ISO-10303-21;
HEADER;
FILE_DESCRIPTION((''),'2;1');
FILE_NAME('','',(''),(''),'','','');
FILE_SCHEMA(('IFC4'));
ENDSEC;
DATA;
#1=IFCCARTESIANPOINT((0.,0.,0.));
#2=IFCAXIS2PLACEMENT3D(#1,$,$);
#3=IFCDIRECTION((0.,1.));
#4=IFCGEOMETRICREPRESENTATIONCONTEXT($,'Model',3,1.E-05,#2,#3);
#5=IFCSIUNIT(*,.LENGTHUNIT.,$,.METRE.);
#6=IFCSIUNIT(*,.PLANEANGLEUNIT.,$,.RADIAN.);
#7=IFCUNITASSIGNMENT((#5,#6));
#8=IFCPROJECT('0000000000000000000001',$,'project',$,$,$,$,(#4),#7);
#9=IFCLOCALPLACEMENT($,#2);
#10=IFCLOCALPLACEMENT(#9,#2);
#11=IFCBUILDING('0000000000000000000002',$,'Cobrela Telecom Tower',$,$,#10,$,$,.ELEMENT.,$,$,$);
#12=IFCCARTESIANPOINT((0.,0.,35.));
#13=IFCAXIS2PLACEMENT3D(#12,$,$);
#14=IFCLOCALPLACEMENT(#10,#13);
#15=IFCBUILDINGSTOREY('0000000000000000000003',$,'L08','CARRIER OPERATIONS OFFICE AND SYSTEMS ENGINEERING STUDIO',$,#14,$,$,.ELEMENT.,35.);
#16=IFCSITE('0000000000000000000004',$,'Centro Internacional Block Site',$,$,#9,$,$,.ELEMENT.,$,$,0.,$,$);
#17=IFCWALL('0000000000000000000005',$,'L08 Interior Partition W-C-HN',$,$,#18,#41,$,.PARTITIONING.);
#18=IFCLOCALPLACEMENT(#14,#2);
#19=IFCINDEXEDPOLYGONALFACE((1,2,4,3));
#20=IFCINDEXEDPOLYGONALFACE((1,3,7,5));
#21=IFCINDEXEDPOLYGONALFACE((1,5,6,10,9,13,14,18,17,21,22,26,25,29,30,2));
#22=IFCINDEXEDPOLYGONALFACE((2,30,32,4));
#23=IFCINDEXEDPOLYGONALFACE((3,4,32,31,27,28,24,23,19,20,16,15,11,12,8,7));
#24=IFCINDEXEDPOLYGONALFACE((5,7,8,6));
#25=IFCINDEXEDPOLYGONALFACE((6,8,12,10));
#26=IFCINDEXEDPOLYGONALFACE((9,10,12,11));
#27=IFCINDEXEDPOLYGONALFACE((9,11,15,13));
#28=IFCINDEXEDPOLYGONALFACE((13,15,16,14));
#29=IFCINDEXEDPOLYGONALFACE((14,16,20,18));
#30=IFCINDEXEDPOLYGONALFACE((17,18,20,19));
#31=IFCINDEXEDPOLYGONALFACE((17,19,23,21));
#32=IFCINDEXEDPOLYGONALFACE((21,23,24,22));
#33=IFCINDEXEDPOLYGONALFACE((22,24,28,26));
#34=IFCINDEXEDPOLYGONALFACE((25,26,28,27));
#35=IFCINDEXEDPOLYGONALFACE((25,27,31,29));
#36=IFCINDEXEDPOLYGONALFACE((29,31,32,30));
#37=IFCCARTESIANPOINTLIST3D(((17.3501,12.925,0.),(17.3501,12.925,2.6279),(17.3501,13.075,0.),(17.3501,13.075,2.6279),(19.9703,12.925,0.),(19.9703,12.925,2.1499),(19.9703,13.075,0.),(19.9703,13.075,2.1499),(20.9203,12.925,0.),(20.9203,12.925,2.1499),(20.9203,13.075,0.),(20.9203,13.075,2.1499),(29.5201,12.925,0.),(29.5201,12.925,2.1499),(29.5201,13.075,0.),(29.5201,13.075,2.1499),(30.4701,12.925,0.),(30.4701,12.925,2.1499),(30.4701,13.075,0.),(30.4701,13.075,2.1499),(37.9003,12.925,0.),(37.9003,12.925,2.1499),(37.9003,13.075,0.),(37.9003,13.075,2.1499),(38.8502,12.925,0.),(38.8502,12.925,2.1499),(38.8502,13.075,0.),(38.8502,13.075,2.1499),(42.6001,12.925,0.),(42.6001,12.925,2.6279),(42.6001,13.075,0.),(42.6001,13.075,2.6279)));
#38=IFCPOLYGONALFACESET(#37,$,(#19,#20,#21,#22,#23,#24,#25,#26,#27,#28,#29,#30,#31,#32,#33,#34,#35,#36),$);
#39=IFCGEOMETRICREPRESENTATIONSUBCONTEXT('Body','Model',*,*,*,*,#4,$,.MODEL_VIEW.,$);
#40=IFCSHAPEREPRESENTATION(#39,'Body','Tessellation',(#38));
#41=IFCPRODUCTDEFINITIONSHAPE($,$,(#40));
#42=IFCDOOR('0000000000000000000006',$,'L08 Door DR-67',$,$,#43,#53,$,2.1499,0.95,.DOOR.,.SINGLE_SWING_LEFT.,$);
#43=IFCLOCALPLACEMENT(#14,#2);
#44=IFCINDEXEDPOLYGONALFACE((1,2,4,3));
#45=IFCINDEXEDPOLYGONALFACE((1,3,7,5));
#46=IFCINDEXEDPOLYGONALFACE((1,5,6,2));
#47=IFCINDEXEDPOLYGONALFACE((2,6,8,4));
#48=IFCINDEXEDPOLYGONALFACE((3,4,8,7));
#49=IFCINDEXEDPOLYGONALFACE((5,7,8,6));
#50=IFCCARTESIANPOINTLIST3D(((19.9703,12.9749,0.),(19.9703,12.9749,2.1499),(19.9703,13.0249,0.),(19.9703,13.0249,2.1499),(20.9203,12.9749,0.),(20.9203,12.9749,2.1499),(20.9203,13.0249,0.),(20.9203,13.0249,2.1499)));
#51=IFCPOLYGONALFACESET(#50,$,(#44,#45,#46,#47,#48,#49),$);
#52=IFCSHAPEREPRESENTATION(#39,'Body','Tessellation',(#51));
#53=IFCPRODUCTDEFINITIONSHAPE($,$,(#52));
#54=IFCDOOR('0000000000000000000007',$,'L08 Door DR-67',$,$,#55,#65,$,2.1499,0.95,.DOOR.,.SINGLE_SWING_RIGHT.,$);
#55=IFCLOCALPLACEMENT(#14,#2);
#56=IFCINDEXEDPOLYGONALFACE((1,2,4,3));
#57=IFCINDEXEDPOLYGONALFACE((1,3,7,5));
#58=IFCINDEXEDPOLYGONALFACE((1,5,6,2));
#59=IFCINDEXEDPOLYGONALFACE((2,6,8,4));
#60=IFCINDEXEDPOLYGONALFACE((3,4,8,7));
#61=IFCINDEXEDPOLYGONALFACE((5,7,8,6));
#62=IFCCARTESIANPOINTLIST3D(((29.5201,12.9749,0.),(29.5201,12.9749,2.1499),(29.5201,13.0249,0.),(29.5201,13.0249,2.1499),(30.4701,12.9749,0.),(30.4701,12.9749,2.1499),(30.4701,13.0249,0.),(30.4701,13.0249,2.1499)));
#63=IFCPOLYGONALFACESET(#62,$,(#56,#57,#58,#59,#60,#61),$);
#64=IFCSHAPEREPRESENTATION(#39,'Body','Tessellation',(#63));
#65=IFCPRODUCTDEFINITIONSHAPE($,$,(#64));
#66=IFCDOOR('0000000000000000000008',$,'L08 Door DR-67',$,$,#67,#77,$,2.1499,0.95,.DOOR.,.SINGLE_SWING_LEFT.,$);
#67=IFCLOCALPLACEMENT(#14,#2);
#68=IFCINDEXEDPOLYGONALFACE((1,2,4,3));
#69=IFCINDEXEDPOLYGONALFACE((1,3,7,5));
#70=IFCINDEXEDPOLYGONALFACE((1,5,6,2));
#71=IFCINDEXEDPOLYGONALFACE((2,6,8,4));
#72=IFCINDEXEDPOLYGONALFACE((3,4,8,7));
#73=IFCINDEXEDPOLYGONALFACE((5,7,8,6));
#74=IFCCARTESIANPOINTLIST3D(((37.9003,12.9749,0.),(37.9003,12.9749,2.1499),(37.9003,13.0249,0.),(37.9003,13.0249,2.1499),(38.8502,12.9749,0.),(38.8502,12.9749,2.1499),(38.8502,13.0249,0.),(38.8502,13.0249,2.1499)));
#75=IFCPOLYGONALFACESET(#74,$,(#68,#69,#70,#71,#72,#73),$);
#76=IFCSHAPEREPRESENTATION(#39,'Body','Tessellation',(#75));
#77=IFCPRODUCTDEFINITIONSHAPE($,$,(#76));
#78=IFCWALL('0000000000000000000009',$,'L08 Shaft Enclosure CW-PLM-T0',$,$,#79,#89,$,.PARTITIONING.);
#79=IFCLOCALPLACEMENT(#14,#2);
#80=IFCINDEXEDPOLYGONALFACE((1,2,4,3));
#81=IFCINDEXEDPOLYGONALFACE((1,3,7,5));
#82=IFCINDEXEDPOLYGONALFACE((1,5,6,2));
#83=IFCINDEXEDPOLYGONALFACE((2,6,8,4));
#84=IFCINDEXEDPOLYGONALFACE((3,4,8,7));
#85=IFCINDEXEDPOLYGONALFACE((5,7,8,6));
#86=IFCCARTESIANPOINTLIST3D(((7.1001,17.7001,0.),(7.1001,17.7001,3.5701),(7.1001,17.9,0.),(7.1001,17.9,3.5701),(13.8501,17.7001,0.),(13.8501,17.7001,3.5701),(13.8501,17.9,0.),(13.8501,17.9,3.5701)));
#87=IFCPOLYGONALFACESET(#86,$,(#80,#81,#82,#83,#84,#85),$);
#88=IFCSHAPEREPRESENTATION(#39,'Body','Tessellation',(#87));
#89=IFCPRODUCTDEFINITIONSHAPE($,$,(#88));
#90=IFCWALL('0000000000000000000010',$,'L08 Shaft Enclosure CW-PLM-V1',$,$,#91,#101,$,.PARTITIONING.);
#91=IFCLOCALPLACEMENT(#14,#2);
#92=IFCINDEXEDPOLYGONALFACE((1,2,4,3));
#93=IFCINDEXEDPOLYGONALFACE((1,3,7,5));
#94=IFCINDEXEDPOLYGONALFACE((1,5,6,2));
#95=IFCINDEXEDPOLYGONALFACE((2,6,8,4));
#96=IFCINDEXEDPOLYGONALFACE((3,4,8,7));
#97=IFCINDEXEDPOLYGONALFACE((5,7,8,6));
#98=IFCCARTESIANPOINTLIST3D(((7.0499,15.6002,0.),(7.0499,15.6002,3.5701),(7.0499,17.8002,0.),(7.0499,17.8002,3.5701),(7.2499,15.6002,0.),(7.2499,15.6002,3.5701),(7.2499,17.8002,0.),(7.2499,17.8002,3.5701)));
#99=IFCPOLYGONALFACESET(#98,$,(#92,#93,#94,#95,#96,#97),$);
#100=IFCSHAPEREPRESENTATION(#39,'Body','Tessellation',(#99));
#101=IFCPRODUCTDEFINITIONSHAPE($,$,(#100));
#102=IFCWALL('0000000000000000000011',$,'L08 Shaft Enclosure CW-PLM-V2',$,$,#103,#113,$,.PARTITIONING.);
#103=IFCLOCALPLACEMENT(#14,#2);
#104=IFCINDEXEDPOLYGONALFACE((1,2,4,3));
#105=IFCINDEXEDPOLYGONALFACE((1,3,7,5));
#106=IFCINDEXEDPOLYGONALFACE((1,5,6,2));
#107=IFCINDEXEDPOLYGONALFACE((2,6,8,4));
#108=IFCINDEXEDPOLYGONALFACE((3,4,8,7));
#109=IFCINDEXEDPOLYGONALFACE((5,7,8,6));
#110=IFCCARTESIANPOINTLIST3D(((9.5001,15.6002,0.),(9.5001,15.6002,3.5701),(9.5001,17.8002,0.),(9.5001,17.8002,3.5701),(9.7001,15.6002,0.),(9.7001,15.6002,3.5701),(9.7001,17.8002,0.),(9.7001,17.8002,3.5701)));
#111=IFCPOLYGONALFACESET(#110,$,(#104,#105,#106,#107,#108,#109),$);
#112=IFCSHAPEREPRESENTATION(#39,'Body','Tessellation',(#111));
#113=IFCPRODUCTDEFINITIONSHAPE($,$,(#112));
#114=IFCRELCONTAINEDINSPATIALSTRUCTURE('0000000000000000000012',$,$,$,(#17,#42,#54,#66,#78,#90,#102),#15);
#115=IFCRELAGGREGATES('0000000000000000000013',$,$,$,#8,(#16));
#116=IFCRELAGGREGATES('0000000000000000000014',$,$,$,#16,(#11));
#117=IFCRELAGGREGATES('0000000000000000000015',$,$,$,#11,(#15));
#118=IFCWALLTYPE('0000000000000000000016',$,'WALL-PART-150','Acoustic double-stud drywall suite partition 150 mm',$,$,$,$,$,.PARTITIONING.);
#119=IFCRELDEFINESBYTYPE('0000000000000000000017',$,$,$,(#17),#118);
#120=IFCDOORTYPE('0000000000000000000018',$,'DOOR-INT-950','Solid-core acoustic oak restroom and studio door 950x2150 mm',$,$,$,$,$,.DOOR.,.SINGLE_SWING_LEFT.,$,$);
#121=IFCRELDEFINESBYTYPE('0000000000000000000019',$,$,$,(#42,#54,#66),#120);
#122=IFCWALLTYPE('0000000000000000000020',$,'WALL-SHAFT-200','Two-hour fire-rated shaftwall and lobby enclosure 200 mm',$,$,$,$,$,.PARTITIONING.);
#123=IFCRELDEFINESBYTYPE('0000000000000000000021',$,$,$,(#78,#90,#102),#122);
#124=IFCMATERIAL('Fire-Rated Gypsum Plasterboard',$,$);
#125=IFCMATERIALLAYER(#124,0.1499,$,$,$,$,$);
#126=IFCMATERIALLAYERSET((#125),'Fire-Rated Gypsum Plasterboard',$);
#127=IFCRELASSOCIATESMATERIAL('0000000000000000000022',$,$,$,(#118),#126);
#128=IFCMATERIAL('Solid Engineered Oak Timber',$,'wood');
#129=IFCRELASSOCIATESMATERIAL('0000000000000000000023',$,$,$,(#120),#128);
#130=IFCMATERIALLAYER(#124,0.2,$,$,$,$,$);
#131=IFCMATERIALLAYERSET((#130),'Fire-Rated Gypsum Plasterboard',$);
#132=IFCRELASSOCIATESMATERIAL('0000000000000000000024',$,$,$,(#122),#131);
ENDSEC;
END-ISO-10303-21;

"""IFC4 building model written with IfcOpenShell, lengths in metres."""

from ifc_helpers import new_model, si_unit, direction, frame, frame_2d, origin, place, context, subcontext, project, spatial, rectangle, extrude, material, layer, layer_set, type_object, element, fill, save


model = new_model("IFC4")

# Units and contexts
model_context = context("Model", 3, precision=1e-05, world=origin(), true_north=direction((0.0, 1.0)))
body_context = subcontext(model_context, "Body", "Model", "MODEL_VIEW")
ifc_project = project(units=[si_unit("LENGTHUNIT", "METRE"), si_unit("PLANEANGLEUNIT", "RADIAN")], contexts=[model_context])

# Site, building, storey
site_placement = place(None, origin())
site = spatial("IfcSite", under=ifc_project, at=site_placement, Name="Centro Internacional Block Site", CompositionType="ELEMENT", RefElevation=0.0)
building_placement = place(site_placement, origin())
building = spatial("IfcBuilding", under=site, at=building_placement, Name="Cobrela Telecom Tower", CompositionType="ELEMENT")
storey_placement = place(building_placement, frame((0.0, 0.0, 35.0)))
storey = spatial("IfcBuildingStorey", under=building, at=storey_placement, Name="L08", Description="CARRIER OPERATIONS OFFICE AND SYSTEMS ENGINEERING STUDIO", CompositionType="ELEMENT", Elevation=35.0)

# Wall, openings, doors
ifc_material_1 = material(Name="Fire-Rated Gypsum Plasterboard")
ifc_layer_1 = layer(ifc_material_1, 0.1499)
ifc_layer_set_1 = layer_set([ifc_layer_1], Name="Fire-Rated Gypsum Plasterboard")
wall_type_1 = type_object("IfcWallType", Name="WALL-PART-150", Description="Acoustic double-stud drywall suite partition 150 mm", PredefinedType="PARTITIONING", material=ifc_layer_set_1)
wall_1_placement = place(storey_placement, frame((17.3501, 13.0, 0.0), z_axis=(0.0, 0.0, 1.0), x_axis=(1.0, 0.0, 0.0)))
wall_1 = element("IfcWall", 1, at=wall_1_placement, inside=storey, type_object=wall_type_1, Name="L08 Interior Partition W-C-HN", PredefinedType="PARTITIONING", context=body_context, shape_type="SweptSolid", body=[
    extrude(rectangle(XDim=25.25, YDim=0.1499, at=frame_2d((12.625, 0.0))), origin(), (0.0, 0.0, 1.0), 2.6279),
])
opening_1_placement = place(wall_1_placement, frame((2.6201, 0.0, 0.0)))
opening_1 = element("IfcOpeningElement", 2, at=opening_1_placement, cuts=wall_1, PredefinedType="OPENING", context=body_context, shape_type="SweptSolid", body=[
    extrude(rectangle(XDim=0.95, YDim=2.1499, at=frame_2d((0.4751, 1.075))), frame((0.0, 0.0869, 0.0), z_axis=(0.0, -1.0, 0.0), x_axis=(1.0, 0.0, 0.0)), (0.0, 0.0, 1.0), 0.1738),
])
opening_2_placement = place(wall_1_placement, frame((12.1699, 0.0, 0.0)))
opening_2 = element("IfcOpeningElement", 3, at=opening_2_placement, cuts=wall_1, PredefinedType="OPENING", context=body_context, shape_type="SweptSolid", body=[
    extrude(rectangle(XDim=0.95, YDim=2.1499, at=frame_2d((0.4751, 1.075))), frame((0.0, 0.0869, 0.0), z_axis=(0.0, -1.0, 0.0), x_axis=(1.0, 0.0, 0.0)), (0.0, 0.0, 1.0), 0.1738),
])
opening_3_placement = place(wall_1_placement, frame((20.55, 0.0, 0.0)))
opening_3 = element("IfcOpeningElement", 4, at=opening_3_placement, cuts=wall_1, PredefinedType="OPENING", context=body_context, shape_type="SweptSolid", body=[
    extrude(rectangle(XDim=0.95, YDim=2.1499, at=frame_2d((0.4751, 1.075))), frame((0.0, 0.0869, 0.0), z_axis=(0.0, -1.0, 0.0), x_axis=(1.0, 0.0, 0.0)), (0.0, 0.0, 1.0), 0.1738),
])
ifc_material_2 = material(Name="Solid Engineered Oak Timber", Category="wood")
door_type = type_object("IfcDoorType", Name="DOOR-INT-950", Description="Solid-core acoustic oak restroom and studio door 950x2150 mm", OperationType="SINGLE_SWING_LEFT", PredefinedType="DOOR", material=ifc_material_2)
door_1_placement = place(opening_1_placement, origin())
door_1 = element("IfcDoor", 5, at=door_1_placement, inside=storey, type_object=door_type, Name="L08 Door DR-67", OperationType="SINGLE_SWING_LEFT", OverallHeight=2.1499, OverallWidth=0.95, PredefinedType="DOOR", context=body_context, shape_type="SweptSolid", body=[
    extrude(rectangle(XDim=0.95, YDim=2.1499, at=frame_2d((0.4751, 1.075))), frame((0.0, 0.0249, 0.0), z_axis=(0.0, -1.0, 0.0), x_axis=(1.0, 0.0, 0.0)), (0.0, 0.0, 1.0), 0.05),
])
fill(opening_1, door_1)
door_2_placement = place(opening_2_placement, origin())
door_2 = element("IfcDoor", 6, at=door_2_placement, inside=storey, type_object=door_type, Name="L08 Door DR-67", OperationType="SINGLE_SWING_RIGHT", OverallHeight=2.1499, OverallWidth=0.95, PredefinedType="DOOR", context=body_context, shape_type="SweptSolid", body=[
    extrude(rectangle(XDim=0.95, YDim=2.1499, at=frame_2d((0.4751, 1.075))), frame((0.0, 0.0249, 0.0), z_axis=(0.0, -1.0, 0.0), x_axis=(1.0, 0.0, 0.0)), (0.0, 0.0, 1.0), 0.05),
])
fill(opening_2, door_2)
door_3_placement = place(opening_3_placement, origin())
door_3 = element("IfcDoor", 7, at=door_3_placement, inside=storey, type_object=door_type, Name="L08 Door DR-67", OperationType="SINGLE_SWING_LEFT", OverallHeight=2.1499, OverallWidth=0.95, PredefinedType="DOOR", context=body_context, shape_type="SweptSolid", body=[
    extrude(rectangle(XDim=0.95, YDim=2.1499, at=frame_2d((0.4751, 1.075))), frame((0.0, 0.0249, 0.0), z_axis=(0.0, -1.0, 0.0), x_axis=(1.0, 0.0, 0.0)), (0.0, 0.0, 1.0), 0.05),
])
fill(opening_3, door_3)

# Walls
ifc_layer_2 = layer(ifc_material_1, 0.2)
ifc_layer_set_2 = layer_set([ifc_layer_2], Name="Fire-Rated Gypsum Plasterboard")
wall_type_2 = type_object("IfcWallType", Name="WALL-SHAFT-200", Description="Two-hour fire-rated shaftwall and lobby enclosure 200 mm", PredefinedType="PARTITIONING", material=ifc_layer_set_2)
wall_2_placement = place(storey_placement, frame((7.1001, 17.8, 0.0), z_axis=(0.0, 0.0, 1.0), x_axis=(1.0, 0.0, 0.0)))
element("IfcWall", 8, at=wall_2_placement, inside=storey, type_object=wall_type_2, Name="L08 Shaft Enclosure CW-PLM-T0", PredefinedType="PARTITIONING", context=body_context, shape_type="SweptSolid", body=[
    extrude(rectangle(XDim=6.75, YDim=0.2, at=frame_2d((3.375, 0.0))), origin(), (0.0, 0.0, 1.0), 3.5701),
])
for number, where, z_axis, x_axis, name in (
    (9, (7.1499, 15.6001, 0.0), (0.0, 0.0, 1.0), (0.0, 1.0, 0.0), "L08 Shaft Enclosure CW-PLM-V1"),
    (10, (9.6001, 15.6001, 0.0), (0.0, 0.0, 1.0), (0.0, 1.0, 0.0), "L08 Shaft Enclosure CW-PLM-V2"),
):
    element("IfcWall", number, at=place(storey_placement, frame(where, z_axis=z_axis, x_axis=x_axis)), inside=storey, type_object=wall_type_2, Name=name, PredefinedType="PARTITIONING", context=body_context, shape_type="SweptSolid", body=[
        extrude(rectangle(XDim=2.2, YDim=0.2, at=frame_2d((1.1001, 0.0))), origin(), (0.0, 0.0, 1.0), 3.5701),
    ])

save(model, "model.ifc")
